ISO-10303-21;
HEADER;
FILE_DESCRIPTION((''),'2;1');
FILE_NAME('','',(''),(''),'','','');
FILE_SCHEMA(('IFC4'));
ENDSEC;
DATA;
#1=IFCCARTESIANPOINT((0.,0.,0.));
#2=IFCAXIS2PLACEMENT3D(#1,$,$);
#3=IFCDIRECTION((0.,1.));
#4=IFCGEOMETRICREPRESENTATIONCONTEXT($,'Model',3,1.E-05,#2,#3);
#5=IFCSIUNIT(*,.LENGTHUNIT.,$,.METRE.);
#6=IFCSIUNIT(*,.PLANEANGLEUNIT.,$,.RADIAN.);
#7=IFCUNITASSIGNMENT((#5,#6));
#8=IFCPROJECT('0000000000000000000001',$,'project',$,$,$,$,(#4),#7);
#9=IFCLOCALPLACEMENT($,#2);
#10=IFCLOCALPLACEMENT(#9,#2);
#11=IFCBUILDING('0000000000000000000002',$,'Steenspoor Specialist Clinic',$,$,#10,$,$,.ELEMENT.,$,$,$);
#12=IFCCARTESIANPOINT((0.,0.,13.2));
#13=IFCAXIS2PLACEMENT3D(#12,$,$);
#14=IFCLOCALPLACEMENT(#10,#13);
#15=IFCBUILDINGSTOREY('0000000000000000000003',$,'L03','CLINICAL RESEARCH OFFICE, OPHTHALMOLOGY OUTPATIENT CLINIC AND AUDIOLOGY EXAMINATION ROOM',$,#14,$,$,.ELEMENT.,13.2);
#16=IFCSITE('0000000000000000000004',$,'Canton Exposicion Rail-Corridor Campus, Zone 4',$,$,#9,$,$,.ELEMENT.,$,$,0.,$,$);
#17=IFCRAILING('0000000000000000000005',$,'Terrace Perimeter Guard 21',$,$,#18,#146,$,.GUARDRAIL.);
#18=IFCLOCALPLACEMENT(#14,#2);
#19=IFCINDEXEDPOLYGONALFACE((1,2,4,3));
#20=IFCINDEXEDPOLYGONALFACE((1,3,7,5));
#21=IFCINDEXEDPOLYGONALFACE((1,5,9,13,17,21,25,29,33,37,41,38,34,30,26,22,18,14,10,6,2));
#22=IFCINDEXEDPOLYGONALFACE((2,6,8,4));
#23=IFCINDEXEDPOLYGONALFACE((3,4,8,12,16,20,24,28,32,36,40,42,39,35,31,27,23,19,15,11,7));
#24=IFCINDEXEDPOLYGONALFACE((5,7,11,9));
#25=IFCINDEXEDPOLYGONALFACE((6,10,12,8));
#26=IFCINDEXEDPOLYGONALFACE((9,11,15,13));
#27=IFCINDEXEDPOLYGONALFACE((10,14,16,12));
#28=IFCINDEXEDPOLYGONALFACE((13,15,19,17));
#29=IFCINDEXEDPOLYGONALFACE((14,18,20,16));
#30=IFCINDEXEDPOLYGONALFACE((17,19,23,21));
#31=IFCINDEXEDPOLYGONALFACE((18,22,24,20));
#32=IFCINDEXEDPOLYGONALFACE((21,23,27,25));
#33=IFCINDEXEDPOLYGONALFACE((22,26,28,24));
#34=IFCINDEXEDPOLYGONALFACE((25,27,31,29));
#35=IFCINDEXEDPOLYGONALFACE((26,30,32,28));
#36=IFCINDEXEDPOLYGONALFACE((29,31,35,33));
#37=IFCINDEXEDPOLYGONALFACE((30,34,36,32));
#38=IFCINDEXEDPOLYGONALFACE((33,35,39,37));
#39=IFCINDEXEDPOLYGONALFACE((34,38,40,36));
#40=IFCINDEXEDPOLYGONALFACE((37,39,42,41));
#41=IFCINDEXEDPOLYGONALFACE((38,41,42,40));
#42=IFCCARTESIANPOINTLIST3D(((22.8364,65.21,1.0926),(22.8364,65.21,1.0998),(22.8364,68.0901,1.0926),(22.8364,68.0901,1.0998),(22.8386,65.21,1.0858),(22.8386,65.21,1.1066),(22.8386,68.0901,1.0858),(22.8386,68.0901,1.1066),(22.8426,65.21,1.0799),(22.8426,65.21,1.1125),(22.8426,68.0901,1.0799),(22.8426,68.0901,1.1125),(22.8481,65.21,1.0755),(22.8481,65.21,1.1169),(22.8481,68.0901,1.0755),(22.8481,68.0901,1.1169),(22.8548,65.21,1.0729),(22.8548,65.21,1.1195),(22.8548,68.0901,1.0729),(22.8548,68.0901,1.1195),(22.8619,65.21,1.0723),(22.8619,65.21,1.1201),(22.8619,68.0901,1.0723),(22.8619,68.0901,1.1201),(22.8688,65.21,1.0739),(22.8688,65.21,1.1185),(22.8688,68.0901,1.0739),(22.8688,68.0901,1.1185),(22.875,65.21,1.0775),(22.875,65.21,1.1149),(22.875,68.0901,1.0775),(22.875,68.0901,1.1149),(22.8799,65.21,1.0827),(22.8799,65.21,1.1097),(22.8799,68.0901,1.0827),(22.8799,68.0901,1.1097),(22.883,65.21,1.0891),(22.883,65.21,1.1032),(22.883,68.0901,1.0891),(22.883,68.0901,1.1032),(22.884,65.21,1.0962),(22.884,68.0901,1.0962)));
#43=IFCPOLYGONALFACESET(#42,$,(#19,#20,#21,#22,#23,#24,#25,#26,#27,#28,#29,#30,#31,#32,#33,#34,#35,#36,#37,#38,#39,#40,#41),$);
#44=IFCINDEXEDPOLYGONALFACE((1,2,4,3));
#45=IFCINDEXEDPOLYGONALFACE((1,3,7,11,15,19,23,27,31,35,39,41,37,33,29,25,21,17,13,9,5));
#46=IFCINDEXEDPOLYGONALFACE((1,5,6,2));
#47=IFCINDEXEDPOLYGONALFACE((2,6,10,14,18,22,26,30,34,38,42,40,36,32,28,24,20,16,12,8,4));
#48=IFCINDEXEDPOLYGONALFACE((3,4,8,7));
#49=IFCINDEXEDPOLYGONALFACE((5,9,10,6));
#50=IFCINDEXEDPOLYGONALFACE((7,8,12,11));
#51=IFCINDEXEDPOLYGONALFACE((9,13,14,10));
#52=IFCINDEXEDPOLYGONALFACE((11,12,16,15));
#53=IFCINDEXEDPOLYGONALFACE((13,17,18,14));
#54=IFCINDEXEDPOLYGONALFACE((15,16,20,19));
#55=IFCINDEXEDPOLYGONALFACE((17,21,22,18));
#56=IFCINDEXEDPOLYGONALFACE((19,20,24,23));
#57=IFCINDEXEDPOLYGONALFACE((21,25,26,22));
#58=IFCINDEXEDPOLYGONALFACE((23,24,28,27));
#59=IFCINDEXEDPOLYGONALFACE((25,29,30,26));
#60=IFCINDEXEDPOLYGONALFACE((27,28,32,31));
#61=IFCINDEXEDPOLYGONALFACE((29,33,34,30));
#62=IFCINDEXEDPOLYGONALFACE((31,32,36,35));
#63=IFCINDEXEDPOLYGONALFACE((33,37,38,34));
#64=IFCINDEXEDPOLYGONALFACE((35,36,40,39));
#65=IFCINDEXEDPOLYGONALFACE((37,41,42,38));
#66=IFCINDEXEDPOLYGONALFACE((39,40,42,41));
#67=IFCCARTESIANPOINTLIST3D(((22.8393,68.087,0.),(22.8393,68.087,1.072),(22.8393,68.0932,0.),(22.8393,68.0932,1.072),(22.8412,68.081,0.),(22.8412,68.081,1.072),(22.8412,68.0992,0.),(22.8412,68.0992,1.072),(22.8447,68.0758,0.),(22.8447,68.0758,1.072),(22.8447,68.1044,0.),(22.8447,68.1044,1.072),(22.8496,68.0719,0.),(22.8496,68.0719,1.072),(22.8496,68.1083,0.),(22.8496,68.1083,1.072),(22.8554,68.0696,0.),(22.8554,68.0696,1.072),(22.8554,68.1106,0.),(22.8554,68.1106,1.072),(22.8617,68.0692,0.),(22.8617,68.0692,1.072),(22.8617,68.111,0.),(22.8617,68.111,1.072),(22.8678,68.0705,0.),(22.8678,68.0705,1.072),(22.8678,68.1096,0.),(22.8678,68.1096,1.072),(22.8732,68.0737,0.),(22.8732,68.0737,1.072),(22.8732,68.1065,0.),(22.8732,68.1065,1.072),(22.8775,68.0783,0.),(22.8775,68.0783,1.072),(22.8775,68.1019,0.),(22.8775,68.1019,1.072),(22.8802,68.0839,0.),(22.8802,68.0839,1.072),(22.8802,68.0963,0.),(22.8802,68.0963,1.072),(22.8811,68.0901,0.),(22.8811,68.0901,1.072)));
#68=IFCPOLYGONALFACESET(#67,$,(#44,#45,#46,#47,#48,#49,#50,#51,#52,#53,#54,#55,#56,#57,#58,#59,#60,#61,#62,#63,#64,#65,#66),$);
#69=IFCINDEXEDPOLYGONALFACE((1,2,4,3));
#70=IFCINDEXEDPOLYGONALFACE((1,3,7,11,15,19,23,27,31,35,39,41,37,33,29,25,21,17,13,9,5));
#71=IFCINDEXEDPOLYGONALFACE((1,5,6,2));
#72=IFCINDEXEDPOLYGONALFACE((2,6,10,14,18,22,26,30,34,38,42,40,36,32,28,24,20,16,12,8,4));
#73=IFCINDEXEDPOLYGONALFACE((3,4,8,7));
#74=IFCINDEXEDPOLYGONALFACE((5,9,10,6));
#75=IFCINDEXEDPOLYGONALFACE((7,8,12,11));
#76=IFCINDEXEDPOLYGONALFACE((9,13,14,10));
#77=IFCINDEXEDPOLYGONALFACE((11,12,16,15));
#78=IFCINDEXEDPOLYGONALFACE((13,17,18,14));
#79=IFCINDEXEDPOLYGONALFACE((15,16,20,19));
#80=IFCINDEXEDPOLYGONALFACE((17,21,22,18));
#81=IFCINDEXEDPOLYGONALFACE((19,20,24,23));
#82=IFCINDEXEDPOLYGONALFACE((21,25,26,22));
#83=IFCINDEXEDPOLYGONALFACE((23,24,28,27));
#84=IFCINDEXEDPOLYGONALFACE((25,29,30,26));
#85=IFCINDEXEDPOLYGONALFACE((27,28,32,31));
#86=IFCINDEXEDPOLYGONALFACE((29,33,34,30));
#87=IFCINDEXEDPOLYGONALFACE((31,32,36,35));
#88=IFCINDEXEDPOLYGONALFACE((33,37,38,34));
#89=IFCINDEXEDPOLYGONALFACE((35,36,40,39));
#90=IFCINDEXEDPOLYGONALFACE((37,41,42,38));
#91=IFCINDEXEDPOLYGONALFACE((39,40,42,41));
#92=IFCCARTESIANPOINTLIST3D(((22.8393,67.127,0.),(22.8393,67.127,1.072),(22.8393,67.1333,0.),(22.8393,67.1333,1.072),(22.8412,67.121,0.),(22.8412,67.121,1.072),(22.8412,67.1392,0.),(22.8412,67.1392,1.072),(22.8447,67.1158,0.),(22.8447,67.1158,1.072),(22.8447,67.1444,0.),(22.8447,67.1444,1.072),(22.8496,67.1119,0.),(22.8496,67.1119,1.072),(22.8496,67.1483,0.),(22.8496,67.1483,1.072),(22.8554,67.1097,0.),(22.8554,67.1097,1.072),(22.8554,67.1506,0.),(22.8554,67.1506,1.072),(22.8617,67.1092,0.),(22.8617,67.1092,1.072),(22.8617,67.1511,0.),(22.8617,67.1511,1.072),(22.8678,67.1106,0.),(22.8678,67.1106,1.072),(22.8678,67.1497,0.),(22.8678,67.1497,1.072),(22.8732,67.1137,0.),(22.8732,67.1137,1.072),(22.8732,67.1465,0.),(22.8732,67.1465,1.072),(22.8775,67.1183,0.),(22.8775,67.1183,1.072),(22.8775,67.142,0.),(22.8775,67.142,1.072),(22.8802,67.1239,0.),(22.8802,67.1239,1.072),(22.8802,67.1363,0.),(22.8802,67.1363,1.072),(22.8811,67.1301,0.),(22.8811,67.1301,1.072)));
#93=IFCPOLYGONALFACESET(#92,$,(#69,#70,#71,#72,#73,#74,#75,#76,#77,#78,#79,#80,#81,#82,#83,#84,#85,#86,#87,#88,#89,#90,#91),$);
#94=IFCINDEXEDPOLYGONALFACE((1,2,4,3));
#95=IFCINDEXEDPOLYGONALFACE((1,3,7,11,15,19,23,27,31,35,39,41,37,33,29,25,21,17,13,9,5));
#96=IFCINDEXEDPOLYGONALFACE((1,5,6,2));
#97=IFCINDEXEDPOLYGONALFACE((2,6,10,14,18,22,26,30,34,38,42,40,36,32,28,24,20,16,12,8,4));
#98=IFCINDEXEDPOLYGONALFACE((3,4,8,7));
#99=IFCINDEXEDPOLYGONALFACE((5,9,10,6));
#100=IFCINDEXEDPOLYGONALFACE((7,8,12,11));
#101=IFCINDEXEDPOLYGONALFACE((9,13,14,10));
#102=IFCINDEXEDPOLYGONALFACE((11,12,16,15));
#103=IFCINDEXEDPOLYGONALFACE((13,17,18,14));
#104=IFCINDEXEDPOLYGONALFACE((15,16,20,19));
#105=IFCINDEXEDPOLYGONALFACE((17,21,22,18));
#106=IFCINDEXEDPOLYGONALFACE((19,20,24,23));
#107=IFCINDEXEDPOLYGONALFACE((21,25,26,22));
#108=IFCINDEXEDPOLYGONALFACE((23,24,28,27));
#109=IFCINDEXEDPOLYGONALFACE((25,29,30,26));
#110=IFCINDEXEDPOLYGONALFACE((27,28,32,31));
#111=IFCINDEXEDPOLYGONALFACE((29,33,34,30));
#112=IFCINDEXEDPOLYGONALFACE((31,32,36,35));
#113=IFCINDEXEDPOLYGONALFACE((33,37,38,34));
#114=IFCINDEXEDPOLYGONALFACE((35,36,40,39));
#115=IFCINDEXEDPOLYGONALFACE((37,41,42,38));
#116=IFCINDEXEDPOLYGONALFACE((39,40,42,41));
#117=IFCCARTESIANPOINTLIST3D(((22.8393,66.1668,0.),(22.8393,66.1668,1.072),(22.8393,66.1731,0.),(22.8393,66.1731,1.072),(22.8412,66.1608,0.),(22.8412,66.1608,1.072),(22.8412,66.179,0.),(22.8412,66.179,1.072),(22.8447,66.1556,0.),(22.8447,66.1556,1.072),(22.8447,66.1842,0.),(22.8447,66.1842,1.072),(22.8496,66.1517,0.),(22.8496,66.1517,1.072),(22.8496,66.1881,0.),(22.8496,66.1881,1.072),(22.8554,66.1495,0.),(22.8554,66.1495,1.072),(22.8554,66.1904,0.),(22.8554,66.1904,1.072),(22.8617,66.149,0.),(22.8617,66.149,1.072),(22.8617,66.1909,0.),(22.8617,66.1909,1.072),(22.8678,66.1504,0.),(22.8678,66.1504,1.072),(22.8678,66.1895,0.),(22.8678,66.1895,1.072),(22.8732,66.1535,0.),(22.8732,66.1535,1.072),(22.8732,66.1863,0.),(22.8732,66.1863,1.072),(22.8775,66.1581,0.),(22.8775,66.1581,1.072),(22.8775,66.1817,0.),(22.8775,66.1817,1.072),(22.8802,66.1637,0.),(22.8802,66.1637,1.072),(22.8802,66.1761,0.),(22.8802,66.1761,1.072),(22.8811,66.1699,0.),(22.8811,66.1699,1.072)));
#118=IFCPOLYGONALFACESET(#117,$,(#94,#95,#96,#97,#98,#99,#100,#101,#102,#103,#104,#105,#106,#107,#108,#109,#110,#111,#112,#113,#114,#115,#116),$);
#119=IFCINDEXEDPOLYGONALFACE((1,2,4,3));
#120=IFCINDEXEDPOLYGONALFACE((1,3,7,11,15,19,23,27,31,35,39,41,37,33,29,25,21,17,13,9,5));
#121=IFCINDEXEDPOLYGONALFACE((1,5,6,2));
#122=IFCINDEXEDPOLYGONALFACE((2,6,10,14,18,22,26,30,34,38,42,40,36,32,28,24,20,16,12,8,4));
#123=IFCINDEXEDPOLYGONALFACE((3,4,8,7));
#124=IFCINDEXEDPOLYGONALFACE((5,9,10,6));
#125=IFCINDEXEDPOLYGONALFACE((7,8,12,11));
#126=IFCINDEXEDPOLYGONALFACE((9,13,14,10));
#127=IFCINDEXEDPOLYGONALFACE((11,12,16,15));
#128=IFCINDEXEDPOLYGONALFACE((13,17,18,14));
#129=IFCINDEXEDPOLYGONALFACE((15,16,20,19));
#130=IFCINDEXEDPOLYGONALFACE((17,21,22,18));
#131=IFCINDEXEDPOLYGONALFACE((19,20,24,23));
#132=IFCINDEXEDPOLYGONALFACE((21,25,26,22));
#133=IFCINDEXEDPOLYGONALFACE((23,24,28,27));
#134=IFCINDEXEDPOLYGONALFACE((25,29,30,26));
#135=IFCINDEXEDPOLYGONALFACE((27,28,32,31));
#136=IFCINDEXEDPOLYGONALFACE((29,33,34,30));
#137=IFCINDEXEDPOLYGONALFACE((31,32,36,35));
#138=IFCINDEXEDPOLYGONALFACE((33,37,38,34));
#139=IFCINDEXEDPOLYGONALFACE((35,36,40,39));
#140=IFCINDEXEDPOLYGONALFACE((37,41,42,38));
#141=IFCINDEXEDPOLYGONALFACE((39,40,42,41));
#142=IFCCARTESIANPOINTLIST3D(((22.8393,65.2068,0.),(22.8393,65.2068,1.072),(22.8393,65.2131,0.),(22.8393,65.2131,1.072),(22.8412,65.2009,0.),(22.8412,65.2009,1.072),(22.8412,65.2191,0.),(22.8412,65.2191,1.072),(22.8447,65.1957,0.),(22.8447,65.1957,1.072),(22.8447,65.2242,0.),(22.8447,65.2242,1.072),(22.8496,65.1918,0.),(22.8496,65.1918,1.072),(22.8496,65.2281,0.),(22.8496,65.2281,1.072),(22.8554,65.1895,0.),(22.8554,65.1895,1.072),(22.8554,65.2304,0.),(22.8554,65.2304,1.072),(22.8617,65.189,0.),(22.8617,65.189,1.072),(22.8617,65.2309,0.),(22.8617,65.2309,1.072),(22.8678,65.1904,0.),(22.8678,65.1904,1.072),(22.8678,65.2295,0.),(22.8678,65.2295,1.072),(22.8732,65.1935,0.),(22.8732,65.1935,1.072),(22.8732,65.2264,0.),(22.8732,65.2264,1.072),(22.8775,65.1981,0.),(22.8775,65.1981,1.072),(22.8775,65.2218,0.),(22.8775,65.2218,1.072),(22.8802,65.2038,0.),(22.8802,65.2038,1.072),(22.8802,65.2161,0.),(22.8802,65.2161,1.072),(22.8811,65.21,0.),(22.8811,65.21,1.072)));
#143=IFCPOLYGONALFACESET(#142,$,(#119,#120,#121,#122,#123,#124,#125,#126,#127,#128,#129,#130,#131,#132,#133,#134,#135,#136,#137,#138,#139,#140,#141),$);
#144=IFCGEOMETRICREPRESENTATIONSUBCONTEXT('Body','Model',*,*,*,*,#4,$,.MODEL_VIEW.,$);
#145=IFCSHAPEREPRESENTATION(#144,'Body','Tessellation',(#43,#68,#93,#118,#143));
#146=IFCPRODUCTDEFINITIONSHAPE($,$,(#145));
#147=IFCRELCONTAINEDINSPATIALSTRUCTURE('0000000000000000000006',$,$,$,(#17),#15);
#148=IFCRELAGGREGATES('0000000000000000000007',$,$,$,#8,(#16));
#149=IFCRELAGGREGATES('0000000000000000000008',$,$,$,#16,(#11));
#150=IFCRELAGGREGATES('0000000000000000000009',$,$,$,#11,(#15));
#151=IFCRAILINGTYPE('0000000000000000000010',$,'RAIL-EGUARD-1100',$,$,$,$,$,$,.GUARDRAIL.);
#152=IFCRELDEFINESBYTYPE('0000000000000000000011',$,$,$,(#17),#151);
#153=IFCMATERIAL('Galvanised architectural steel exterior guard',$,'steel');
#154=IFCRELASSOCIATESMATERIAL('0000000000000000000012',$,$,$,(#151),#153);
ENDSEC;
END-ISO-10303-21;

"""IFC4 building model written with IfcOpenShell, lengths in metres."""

from ifc_helpers import new_model, si_unit, direction, frame, origin, origin_2d, place, context, subcontext, project, spatial, circle, extrude, material, type_object, element, save


model = new_model("IFC4")

# Units and contexts
model_context = context("Model", 3, precision=1e-05, world=origin(), true_north=direction((0.0, 1.0)))
body_context = subcontext(model_context, "Body", "Model", "MODEL_VIEW")
ifc_project = project(units=[si_unit("LENGTHUNIT", "METRE"), si_unit("PLANEANGLEUNIT", "RADIAN")], contexts=[model_context])

# Site, building, storey
site_placement = place(None, origin())
site = spatial("IfcSite", under=ifc_project, at=site_placement, Name="Canton Exposicion Rail-Corridor Campus, Zone 4", CompositionType="ELEMENT", RefElevation=0.0)
building_placement = place(site_placement, origin())
building = spatial("IfcBuilding", under=site, at=building_placement, Name="Steenspoor Specialist Clinic", CompositionType="ELEMENT")
storey_placement = place(building_placement, frame((0.0, 0.0, 13.2)))
storey = spatial("IfcBuildingStorey", under=building, at=storey_placement, Name="L03", Description="CLINICAL RESEARCH OFFICE, OPHTHALMOLOGY OUTPATIENT CLINIC AND AUDIOLOGY EXAMINATION ROOM", CompositionType="ELEMENT", Elevation=13.2)

# Railing
ifc_material_1 = material(Name="Galvanised architectural steel exterior guard", Category="steel")
railing_type = type_object("IfcRailingType", Name="RAIL-EGUARD-1100", PredefinedType="GUARDRAIL", material=ifc_material_1)
railing_1_placement = place(storey_placement, frame((22.8601, 68.0901, 0.0)))
element("IfcRailing", 1, at=railing_1_placement, inside=storey, type_object=railing_type, Name="Terrace Perimeter Guard 21", PredefinedType="GUARDRAIL", context=body_context, shape_type="SweptSolid", body=[
    extrude(circle(Radius=0.0239, at=origin_2d()), frame((0.0, 0.0, 1.0962), z_axis=(0.0, -1.0, 0.0), x_axis=(1.0, 0.0, 0.0)), (0.0, 0.0, 1.0), 2.8801),
    extrude(circle(Radius=0.021, at=origin_2d()), origin(), (0.0, 0.0, 1.0), 1.072),
    extrude(circle(Radius=0.021, at=origin_2d()), frame((0.0, -0.96, 0.0)), (0.0, 0.0, 1.0), 1.072),
    extrude(circle(Radius=0.021, at=origin_2d()), frame((0.0, -1.9202, 0.0)), (0.0, 0.0, 1.0), 1.072),
    extrude(circle(Radius=0.021, at=origin_2d()), frame((0.0, -2.8801, 0.0)), (0.0, 0.0, 1.0), 1.072),
])

save(model, "model.ifc")
